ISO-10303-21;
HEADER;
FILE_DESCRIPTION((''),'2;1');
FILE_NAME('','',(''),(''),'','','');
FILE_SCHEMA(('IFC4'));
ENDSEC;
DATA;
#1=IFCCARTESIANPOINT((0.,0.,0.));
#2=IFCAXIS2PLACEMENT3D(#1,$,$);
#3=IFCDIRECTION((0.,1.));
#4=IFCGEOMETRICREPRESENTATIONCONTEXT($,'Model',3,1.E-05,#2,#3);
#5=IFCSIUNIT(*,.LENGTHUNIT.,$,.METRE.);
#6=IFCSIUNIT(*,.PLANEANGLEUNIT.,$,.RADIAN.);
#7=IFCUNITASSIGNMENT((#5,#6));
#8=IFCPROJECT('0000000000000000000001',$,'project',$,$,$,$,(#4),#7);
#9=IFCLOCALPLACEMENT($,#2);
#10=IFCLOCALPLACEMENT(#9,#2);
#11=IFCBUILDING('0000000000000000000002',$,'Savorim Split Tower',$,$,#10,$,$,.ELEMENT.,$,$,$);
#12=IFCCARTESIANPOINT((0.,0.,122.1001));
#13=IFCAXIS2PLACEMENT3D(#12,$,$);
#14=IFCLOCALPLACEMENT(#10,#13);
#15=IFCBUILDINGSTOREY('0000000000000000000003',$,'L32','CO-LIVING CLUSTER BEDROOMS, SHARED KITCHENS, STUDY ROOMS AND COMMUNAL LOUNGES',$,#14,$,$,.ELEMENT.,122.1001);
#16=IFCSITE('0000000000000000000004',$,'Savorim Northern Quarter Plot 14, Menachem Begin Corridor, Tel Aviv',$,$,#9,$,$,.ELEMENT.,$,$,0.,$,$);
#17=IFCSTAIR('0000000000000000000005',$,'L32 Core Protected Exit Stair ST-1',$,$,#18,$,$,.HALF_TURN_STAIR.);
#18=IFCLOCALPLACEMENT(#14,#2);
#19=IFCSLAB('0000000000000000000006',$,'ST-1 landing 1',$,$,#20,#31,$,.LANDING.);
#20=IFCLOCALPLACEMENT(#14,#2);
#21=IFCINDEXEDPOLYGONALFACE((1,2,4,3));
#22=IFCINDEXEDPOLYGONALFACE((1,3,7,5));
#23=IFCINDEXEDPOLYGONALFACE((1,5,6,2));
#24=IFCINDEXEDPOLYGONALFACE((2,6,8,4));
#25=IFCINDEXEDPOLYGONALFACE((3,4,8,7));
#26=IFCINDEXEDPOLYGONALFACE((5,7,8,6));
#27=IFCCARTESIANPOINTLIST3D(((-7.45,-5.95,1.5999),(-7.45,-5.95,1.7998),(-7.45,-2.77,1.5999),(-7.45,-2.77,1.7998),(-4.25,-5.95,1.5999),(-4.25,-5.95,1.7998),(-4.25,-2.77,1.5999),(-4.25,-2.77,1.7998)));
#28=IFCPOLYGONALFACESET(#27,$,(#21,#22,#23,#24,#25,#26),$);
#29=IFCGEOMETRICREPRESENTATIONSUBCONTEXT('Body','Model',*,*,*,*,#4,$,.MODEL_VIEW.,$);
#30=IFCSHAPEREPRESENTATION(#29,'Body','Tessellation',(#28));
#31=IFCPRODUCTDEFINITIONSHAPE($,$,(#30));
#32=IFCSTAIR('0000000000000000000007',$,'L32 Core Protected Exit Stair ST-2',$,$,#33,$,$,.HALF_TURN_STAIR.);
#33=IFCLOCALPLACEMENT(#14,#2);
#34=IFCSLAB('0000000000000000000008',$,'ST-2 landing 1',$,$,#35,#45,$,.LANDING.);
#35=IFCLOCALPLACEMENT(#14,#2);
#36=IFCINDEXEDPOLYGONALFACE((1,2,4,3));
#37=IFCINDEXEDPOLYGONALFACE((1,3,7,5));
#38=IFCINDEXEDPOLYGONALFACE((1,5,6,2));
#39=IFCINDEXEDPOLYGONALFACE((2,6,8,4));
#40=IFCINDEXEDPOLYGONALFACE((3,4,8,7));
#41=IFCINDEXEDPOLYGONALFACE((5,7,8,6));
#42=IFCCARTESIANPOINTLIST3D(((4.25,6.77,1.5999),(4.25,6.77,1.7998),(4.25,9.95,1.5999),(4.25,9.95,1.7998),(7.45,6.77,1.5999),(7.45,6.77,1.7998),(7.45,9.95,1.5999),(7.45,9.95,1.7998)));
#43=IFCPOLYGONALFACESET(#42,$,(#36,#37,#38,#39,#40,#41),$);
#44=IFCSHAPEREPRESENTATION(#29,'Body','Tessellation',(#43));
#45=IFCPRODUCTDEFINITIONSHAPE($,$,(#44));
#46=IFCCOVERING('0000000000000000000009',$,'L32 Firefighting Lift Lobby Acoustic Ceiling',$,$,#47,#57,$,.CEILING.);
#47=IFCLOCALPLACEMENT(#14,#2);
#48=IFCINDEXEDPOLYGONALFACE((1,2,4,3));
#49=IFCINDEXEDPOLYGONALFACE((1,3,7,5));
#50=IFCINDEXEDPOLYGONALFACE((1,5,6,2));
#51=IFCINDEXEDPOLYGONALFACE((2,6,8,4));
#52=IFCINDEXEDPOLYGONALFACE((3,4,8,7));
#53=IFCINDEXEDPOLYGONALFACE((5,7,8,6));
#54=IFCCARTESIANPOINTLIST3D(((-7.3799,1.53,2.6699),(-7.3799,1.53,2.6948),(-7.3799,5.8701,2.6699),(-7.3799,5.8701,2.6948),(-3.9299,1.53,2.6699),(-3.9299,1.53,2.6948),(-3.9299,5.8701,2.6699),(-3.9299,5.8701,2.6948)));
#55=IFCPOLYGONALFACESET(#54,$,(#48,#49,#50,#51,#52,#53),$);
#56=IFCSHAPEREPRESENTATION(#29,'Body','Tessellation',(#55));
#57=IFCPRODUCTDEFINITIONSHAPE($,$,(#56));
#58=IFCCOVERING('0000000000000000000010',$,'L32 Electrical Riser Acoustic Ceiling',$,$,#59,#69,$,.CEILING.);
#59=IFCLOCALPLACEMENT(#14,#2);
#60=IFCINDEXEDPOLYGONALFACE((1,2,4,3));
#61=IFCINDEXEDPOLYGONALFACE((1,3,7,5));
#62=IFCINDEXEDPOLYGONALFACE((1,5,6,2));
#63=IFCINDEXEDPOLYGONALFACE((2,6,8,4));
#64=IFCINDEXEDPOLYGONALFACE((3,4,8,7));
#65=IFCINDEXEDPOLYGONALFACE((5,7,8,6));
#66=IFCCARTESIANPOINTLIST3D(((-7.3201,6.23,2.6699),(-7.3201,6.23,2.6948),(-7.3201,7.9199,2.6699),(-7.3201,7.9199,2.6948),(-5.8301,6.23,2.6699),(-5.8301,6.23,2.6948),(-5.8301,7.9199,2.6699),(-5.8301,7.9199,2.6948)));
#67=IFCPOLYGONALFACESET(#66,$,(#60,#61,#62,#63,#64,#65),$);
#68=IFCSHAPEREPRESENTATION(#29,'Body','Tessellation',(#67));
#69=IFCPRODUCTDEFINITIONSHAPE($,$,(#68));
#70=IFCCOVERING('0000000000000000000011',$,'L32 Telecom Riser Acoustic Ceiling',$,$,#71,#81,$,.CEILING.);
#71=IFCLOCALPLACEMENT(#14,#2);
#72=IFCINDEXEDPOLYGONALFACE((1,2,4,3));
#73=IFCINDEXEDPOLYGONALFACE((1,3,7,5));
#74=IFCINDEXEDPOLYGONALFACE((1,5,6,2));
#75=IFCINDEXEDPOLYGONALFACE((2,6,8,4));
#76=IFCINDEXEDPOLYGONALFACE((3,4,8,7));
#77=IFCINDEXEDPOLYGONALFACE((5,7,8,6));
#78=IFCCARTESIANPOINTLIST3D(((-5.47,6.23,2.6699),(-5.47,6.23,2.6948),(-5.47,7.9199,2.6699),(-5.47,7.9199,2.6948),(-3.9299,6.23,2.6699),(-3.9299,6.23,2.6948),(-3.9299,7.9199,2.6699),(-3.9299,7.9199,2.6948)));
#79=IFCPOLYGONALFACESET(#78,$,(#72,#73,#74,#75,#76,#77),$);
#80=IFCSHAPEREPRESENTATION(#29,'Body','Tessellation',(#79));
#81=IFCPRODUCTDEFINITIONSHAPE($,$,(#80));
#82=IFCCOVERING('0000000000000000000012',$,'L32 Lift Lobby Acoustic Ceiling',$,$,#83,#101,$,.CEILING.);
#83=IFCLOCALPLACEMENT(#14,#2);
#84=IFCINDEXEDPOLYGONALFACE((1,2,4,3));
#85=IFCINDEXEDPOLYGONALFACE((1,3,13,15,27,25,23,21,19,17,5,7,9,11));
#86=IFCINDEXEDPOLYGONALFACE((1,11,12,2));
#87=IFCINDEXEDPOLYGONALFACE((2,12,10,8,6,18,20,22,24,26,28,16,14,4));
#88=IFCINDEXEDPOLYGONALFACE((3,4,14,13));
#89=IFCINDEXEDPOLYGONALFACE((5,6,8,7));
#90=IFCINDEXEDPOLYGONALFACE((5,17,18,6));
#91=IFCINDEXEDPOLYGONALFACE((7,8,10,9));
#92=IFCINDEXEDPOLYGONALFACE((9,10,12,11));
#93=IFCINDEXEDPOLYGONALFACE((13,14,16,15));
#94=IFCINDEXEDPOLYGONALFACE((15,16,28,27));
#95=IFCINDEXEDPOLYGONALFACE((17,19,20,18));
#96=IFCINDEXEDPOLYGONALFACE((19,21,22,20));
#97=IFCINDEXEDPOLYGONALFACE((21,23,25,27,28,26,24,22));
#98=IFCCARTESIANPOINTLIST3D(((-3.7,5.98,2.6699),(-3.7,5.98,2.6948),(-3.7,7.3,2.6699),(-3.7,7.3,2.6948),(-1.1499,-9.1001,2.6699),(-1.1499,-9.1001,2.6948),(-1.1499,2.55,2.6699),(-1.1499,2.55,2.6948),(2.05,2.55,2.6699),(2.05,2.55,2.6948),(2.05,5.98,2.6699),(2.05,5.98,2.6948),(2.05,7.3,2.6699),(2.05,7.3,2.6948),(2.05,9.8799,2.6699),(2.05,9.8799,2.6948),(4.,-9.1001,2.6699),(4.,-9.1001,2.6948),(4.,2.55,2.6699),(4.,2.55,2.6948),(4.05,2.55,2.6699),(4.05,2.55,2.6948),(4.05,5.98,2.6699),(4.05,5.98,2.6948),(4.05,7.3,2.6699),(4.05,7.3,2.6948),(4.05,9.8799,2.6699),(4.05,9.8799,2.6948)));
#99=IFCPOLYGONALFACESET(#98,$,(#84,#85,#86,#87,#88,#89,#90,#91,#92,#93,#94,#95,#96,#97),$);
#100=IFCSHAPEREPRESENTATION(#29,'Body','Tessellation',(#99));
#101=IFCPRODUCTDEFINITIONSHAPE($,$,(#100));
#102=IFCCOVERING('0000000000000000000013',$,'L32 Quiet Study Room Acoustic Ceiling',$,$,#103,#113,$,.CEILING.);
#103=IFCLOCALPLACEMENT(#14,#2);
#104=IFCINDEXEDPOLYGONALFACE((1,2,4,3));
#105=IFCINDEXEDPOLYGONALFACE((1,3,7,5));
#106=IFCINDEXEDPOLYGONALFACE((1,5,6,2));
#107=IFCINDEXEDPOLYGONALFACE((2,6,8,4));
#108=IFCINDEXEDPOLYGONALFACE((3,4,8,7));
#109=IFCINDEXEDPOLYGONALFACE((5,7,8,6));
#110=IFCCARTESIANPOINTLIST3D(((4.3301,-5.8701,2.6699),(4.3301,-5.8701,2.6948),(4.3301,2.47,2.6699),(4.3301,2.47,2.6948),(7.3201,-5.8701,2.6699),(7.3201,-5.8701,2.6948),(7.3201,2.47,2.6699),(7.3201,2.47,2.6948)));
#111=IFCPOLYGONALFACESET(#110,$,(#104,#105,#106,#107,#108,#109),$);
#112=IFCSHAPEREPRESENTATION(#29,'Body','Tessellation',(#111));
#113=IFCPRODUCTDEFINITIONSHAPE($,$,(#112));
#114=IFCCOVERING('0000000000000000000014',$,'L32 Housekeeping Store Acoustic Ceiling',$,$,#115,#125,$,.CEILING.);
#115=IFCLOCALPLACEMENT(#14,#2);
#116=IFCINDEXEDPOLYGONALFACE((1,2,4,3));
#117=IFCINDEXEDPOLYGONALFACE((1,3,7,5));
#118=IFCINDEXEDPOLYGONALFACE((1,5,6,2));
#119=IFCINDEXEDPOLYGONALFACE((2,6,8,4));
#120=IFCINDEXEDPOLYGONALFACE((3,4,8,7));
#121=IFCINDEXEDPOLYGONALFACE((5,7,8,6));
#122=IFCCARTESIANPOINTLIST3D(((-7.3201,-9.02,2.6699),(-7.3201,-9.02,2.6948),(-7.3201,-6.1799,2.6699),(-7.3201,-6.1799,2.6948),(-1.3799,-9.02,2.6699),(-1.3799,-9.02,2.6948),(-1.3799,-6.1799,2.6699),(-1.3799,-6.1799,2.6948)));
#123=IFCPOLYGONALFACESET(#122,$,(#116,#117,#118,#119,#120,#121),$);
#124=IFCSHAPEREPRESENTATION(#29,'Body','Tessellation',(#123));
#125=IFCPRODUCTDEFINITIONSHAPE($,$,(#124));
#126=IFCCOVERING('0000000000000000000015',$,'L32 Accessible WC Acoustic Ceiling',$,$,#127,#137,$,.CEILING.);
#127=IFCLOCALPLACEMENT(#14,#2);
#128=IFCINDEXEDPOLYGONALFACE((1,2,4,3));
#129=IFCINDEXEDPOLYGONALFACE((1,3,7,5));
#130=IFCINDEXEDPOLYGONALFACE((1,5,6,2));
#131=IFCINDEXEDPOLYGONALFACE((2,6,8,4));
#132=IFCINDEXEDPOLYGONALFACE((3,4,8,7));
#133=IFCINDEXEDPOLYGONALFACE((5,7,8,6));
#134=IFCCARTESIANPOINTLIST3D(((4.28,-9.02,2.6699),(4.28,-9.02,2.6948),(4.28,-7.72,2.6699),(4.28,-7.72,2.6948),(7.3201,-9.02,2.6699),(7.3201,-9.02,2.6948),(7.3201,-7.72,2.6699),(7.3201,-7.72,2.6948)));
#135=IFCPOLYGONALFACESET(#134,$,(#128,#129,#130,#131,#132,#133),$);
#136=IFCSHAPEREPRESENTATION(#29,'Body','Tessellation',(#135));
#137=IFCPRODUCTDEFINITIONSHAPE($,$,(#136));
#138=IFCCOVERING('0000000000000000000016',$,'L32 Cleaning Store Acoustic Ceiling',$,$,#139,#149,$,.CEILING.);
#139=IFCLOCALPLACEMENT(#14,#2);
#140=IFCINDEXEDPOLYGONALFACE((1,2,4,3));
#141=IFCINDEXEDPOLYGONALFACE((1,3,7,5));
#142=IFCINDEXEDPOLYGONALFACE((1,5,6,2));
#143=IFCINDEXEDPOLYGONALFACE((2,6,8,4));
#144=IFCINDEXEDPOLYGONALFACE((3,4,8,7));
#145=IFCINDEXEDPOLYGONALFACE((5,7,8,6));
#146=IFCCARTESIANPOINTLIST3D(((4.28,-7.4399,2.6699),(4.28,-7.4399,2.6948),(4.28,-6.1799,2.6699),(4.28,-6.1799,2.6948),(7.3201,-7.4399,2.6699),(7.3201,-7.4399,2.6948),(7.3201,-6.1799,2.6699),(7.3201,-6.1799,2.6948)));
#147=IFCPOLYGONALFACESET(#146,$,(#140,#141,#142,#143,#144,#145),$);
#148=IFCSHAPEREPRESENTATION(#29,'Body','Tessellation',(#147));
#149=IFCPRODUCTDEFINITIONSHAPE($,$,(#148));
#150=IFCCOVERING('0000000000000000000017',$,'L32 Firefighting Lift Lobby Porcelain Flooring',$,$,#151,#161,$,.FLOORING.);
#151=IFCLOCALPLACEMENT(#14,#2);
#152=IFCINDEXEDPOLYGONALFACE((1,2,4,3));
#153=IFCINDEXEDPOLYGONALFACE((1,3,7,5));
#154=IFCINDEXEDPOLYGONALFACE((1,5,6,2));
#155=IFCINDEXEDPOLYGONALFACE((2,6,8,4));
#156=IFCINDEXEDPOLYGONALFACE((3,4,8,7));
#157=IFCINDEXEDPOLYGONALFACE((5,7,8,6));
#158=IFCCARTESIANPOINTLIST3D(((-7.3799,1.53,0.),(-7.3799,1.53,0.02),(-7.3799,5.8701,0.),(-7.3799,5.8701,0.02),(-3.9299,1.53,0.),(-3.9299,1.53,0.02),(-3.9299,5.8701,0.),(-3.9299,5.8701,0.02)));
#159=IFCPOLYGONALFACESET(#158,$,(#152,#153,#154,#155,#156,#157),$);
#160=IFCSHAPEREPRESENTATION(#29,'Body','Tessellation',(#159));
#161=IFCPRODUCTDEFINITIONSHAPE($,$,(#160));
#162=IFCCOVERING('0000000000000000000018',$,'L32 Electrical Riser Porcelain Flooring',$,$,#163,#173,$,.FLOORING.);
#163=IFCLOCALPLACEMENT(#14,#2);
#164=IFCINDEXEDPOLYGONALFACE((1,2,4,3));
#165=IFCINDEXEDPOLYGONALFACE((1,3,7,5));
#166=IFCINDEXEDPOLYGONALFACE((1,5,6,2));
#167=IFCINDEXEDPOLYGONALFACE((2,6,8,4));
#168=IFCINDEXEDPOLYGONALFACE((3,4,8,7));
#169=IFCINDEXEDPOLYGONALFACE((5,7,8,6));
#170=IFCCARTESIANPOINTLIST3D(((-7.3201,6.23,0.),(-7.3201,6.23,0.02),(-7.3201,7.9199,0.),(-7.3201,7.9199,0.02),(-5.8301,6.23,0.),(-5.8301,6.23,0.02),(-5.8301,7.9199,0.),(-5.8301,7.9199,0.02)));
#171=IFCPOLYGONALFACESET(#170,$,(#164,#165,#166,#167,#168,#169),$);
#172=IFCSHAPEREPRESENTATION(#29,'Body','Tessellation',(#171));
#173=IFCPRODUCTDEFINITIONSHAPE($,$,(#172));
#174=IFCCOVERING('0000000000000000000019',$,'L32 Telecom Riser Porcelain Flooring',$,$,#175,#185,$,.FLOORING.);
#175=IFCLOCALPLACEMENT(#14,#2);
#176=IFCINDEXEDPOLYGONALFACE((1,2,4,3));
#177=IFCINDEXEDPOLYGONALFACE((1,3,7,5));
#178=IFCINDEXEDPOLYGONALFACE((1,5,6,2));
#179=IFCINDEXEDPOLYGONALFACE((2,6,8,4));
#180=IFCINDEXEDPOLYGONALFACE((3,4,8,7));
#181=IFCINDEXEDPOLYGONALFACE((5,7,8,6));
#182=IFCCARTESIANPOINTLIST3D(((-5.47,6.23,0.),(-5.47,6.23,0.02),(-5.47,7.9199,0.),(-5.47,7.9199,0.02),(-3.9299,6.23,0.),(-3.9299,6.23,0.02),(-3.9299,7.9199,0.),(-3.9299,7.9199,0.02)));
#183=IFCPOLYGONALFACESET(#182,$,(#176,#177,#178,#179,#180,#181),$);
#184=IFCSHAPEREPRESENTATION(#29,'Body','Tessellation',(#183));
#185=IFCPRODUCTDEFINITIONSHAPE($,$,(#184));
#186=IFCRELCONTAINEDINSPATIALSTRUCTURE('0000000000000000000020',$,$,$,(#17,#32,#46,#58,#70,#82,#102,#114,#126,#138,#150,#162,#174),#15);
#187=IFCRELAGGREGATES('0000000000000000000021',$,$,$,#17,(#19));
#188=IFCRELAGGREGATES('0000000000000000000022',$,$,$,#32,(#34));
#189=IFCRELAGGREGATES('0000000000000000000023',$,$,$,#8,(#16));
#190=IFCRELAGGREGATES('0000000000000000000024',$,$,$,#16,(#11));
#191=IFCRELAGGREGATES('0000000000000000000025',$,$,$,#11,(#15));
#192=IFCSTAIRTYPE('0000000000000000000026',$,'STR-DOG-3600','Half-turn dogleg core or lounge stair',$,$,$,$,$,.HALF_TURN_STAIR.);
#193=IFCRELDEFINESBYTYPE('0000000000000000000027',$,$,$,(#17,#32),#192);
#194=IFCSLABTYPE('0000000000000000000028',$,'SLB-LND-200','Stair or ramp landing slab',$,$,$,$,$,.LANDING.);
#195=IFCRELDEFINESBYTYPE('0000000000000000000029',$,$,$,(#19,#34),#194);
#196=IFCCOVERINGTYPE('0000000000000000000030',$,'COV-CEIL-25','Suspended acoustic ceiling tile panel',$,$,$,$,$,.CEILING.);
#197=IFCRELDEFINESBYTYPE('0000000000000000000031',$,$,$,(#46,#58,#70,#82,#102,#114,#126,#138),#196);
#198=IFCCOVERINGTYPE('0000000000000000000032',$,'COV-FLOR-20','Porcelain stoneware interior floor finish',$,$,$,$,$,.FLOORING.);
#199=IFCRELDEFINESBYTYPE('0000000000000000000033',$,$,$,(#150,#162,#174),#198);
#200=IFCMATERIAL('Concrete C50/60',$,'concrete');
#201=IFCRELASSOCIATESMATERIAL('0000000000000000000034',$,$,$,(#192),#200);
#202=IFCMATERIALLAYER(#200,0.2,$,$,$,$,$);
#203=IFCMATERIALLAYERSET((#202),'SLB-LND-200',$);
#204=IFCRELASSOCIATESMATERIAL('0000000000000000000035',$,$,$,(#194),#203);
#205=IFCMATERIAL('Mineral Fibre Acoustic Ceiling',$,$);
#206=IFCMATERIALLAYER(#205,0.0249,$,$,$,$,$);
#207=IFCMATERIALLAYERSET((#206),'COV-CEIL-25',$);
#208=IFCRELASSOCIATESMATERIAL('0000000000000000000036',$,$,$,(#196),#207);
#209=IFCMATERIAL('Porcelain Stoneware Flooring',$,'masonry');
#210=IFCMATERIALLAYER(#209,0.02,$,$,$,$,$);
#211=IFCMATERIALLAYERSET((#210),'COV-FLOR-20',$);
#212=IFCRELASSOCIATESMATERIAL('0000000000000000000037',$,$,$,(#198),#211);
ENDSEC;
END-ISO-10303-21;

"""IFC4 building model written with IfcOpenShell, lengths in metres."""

from ifc_helpers import new_model, si_unit, direction, frame, origin, place, context, subcontext, project, spatial, polyline, outline, extrude, material, layer, layer_set, type_object, element, aggregate, save


model = new_model("IFC4")

# Units and contexts
model_context = context("Model", 3, precision=1e-05, world=origin(), true_north=direction((0.0, 1.0)))
body_context = subcontext(model_context, "Body", "Model", "MODEL_VIEW")
ifc_project = project(units=[si_unit("LENGTHUNIT", "METRE"), si_unit("PLANEANGLEUNIT", "RADIAN")], contexts=[model_context])

# Site, building, storey
site_placement = place(None, origin())
site = spatial("IfcSite", under=ifc_project, at=site_placement, Name="Savorim Northern Quarter Plot 14, Menachem Begin Corridor, Tel Aviv", CompositionType="ELEMENT", RefElevation=0.0)
building_placement = place(site_placement, origin())
building = spatial("IfcBuilding", under=site, at=building_placement, Name="Savorim Split Tower", CompositionType="ELEMENT")
storey_placement = place(building_placement, frame((0.0, 0.0, 122.1001)))
storey = spatial("IfcBuildingStorey", under=building, at=storey_placement, Name="L32", Description="CO-LIVING CLUSTER BEDROOMS, SHARED KITCHENS, STUDY ROOMS AND COMMUNAL LOUNGES", CompositionType="ELEMENT", Elevation=122.1001)

# Stairs, slabs
ifc_material_1 = material(Name="Concrete C50/60", Category="concrete")
stair_type = type_object("IfcStairType", Name="STR-DOG-3600", Description="Half-turn dogleg core or lounge stair", PredefinedType="HALF_TURN_STAIR", material=ifc_material_1)
stair_1_placement = place(storey_placement, origin())
stair_1 = element("IfcStair", 1, at=stair_1_placement, inside=storey, type_object=stair_type, Name="L32 Core Protected Exit Stair ST-1", PredefinedType="HALF_TURN_STAIR")
ifc_layer_1 = layer(ifc_material_1, 0.2)
ifc_layer_set_1 = layer_set([ifc_layer_1], Name="SLB-LND-200")
slab_type = type_object("IfcSlabType", Name="SLB-LND-200", Description="Stair or ramp landing slab", PredefinedType="LANDING", material=ifc_layer_set_1)
slab_1_placement = place(storey_placement, frame((0.0, 0.0, 1.5999)))
slab_1 = element("IfcSlab", 2, at=slab_1_placement, type_object=slab_type, Name="ST-1 landing 1", PredefinedType="LANDING", context=body_context, shape_type="SweptSolid", body=[
    extrude(outline(polyline([(-7.45, -2.77), (-7.45, -5.95), (-4.25, -5.95), (-4.25, -2.77), (-7.45, -2.77)])), origin(), (0.0, 0.0, 1.0), 0.2),
])
aggregate(stair_1, [slab_1])
stair_2_placement = place(storey_placement, origin())
stair_2 = element("IfcStair", 3, at=stair_2_placement, inside=storey, type_object=stair_type, Name="L32 Core Protected Exit Stair ST-2", PredefinedType="HALF_TURN_STAIR")
slab_2_placement = place(storey_placement, frame((0.0, 0.0, 1.5999)))
slab_2 = element("IfcSlab", 4, at=slab_2_placement, type_object=slab_type, Name="ST-2 landing 1", PredefinedType="LANDING", context=body_context, shape_type="SweptSolid", body=[
    extrude(outline(polyline([(7.45, 6.77), (7.45, 9.95), (4.25, 9.95), (4.25, 6.77), (7.45, 6.77)])), origin(), (0.0, 0.0, 1.0), 0.2),
])
aggregate(stair_2, [slab_2])

# Coverings
ifc_material_2 = material(Name="Mineral Fibre Acoustic Ceiling")
ifc_layer_2 = layer(ifc_material_2, 0.0249)
ifc_layer_set_2 = layer_set([ifc_layer_2], Name="COV-CEIL-25")
covering_type_1 = type_object("IfcCoveringType", Name="COV-CEIL-25", Description="Suspended acoustic ceiling tile panel", PredefinedType="CEILING", material=ifc_layer_set_2)
covering_1_placement = place(storey_placement, frame((0.0, 0.0, 2.6699)))
element("IfcCovering", 5, at=covering_1_placement, inside=storey, type_object=covering_type_1, Name="L32 Firefighting Lift Lobby Acoustic Ceiling", PredefinedType="CEILING", context=body_context, shape_type="SweptSolid", body=[
    extrude(outline(polyline([(-7.3799, 5.8701), (-7.3799, 1.53), (-3.9299, 1.53), (-3.9299, 5.8701), (-7.3799, 5.8701)])), origin(), (0.0, 0.0, 1.0), 0.0249),
])
covering_2_placement = place(storey_placement, frame((0.0, 0.0, 2.6699)))
element("IfcCovering", 6, at=covering_2_placement, inside=storey, type_object=covering_type_1, Name="L32 Electrical Riser Acoustic Ceiling", PredefinedType="CEILING", context=body_context, shape_type="SweptSolid", body=[
    extrude(outline(polyline([(-7.3201, 7.9199), (-7.3201, 6.23), (-5.8301, 6.23), (-5.8301, 7.9199), (-7.3201, 7.9199)])), origin(), (0.0, 0.0, 1.0), 0.0249),
])
covering_3_placement = place(storey_placement, frame((0.0, 0.0, 2.6699)))
element("IfcCovering", 7, at=covering_3_placement, inside=storey, type_object=covering_type_1, Name="L32 Telecom Riser Acoustic Ceiling", PredefinedType="CEILING", context=body_context, shape_type="SweptSolid", body=[
    extrude(outline(polyline([(-5.47, 7.9199), (-5.47, 6.23), (-3.9299, 6.23), (-3.9299, 7.9199), (-5.47, 7.9199)])), origin(), (0.0, 0.0, 1.0), 0.0249),
])
covering_4_placement = place(storey_placement, frame((0.0, 0.0, 2.6699)))
element("IfcCovering", 8, at=covering_4_placement, inside=storey, type_object=covering_type_1, Name="L32 Lift Lobby Acoustic Ceiling", PredefinedType="CEILING", context=body_context, shape_type="SweptSolid", body=[
    extrude(outline(polyline([(2.05, 2.55), (-1.1499, 2.55), (-1.1499, -9.1001), (4.0, -9.1001), (4.0, 2.55), (4.05, 2.55), (4.05, 5.98), (4.05, 7.3), (4.05, 9.8799), (2.05, 9.8799), (2.05, 7.3), (-3.7, 7.3), (-3.7, 5.98), (2.05, 5.98), (2.05, 2.55)])), origin(), (0.0, 0.0, 1.0), 0.0249),
])
covering_5_placement = place(storey_placement, frame((0.0, 0.0, 2.6699)))
element("IfcCovering", 9, at=covering_5_placement, inside=storey, type_object=covering_type_1, Name="L32 Quiet Study Room Acoustic Ceiling", PredefinedType="CEILING", context=body_context, shape_type="SweptSolid", body=[
    extrude(outline(polyline([(4.3301, 2.47), (4.3301, -5.8701), (7.3201, -5.8701), (7.3201, 2.47), (4.3301, 2.47)])), origin(), (0.0, 0.0, 1.0), 0.0249),
])
covering_6_placement = place(storey_placement, frame((0.0, 0.0, 2.6699)))
element("IfcCovering", 10, at=covering_6_placement, inside=storey, type_object=covering_type_1, Name="L32 Housekeeping Store Acoustic Ceiling", PredefinedType="CEILING", context=body_context, shape_type="SweptSolid", body=[
    extrude(outline(polyline([(-7.3201, -6.1799), (-7.3201, -9.02), (-1.3799, -9.02), (-1.3799, -6.1799), (-7.3201, -6.1799)])), origin(), (0.0, 0.0, 1.0), 0.0249),
])
covering_7_placement = place(storey_placement, frame((0.0, 0.0, 2.6699)))
element("IfcCovering", 11, at=covering_7_placement, inside=storey, type_object=covering_type_1, Name="L32 Accessible WC Acoustic Ceiling", PredefinedType="CEILING", context=body_context, shape_type="SweptSolid", body=[
    extrude(outline(polyline([(4.28, -7.72), (4.28, -9.02), (7.3201, -9.02), (7.3201, -7.72), (4.28, -7.72)])), origin(), (0.0, 0.0, 1.0), 0.0249),
])
covering_8_placement = place(storey_placement, frame((0.0, 0.0, 2.6699)))
element("IfcCovering", 12, at=covering_8_placement, inside=storey, type_object=covering_type_1, Name="L32 Cleaning Store Acoustic Ceiling", PredefinedType="CEILING", context=body_context, shape_type="SweptSolid", body=[
    extrude(outline(polyline([(4.28, -6.1799), (4.28, -7.4399), (7.3201, -7.4399), (7.3201, -6.1799), (4.28, -6.1799)])), origin(), (0.0, 0.0, 1.0), 0.0249),
])
ifc_material_3 = material(Name="Porcelain Stoneware Flooring", Category="masonry")
ifc_layer_3 = layer(ifc_material_3, 0.02)
ifc_layer_set_3 = layer_set([ifc_layer_3], Name="COV-FLOR-20")
covering_type_2 = type_object("IfcCoveringType", Name="COV-FLOR-20", Description="Porcelain stoneware interior floor finish", PredefinedType="FLOORING", material=ifc_layer_set_3)
covering_9_placement = place(storey_placement, origin())
element("IfcCovering", 13, at=covering_9_placement, inside=storey, type_object=covering_type_2, Name="L32 Firefighting Lift Lobby Porcelain Flooring", PredefinedType="FLOORING", context=body_context, shape_type="SweptSolid", body=[
    extrude(outline(polyline([(-7.3799, 5.8701), (-7.3799, 1.53), (-3.9299, 1.53), (-3.9299, 5.8701), (-7.3799, 5.8701)])), origin(), (0.0, 0.0, 1.0), 0.02),
])
covering_10_placement = place(storey_placement, origin())
element("IfcCovering", 14, at=covering_10_placement, inside=storey, type_object=covering_type_2, Name="L32 Electrical Riser Porcelain Flooring", PredefinedType="FLOORING", context=body_context, shape_type="SweptSolid", body=[
    extrude(outline(polyline([(-7.3201, 7.9199), (-7.3201, 6.23), (-5.8301, 6.23), (-5.8301, 7.9199), (-7.3201, 7.9199)])), origin(), (0.0, 0.0, 1.0), 0.02),
])
covering_11_placement = place(storey_placement, origin())
element("IfcCovering", 15, at=covering_11_placement, inside=storey, type_object=covering_type_2, Name="L32 Telecom Riser Porcelain Flooring", PredefinedType="FLOORING", context=body_context, shape_type="SweptSolid", body=[
    extrude(outline(polyline([(-5.47, 7.9199), (-5.47, 6.23), (-3.9299, 6.23), (-3.9299, 7.9199), (-5.47, 7.9199)])), origin(), (0.0, 0.0, 1.0), 0.02),
])

save(model, "model.ifc")
